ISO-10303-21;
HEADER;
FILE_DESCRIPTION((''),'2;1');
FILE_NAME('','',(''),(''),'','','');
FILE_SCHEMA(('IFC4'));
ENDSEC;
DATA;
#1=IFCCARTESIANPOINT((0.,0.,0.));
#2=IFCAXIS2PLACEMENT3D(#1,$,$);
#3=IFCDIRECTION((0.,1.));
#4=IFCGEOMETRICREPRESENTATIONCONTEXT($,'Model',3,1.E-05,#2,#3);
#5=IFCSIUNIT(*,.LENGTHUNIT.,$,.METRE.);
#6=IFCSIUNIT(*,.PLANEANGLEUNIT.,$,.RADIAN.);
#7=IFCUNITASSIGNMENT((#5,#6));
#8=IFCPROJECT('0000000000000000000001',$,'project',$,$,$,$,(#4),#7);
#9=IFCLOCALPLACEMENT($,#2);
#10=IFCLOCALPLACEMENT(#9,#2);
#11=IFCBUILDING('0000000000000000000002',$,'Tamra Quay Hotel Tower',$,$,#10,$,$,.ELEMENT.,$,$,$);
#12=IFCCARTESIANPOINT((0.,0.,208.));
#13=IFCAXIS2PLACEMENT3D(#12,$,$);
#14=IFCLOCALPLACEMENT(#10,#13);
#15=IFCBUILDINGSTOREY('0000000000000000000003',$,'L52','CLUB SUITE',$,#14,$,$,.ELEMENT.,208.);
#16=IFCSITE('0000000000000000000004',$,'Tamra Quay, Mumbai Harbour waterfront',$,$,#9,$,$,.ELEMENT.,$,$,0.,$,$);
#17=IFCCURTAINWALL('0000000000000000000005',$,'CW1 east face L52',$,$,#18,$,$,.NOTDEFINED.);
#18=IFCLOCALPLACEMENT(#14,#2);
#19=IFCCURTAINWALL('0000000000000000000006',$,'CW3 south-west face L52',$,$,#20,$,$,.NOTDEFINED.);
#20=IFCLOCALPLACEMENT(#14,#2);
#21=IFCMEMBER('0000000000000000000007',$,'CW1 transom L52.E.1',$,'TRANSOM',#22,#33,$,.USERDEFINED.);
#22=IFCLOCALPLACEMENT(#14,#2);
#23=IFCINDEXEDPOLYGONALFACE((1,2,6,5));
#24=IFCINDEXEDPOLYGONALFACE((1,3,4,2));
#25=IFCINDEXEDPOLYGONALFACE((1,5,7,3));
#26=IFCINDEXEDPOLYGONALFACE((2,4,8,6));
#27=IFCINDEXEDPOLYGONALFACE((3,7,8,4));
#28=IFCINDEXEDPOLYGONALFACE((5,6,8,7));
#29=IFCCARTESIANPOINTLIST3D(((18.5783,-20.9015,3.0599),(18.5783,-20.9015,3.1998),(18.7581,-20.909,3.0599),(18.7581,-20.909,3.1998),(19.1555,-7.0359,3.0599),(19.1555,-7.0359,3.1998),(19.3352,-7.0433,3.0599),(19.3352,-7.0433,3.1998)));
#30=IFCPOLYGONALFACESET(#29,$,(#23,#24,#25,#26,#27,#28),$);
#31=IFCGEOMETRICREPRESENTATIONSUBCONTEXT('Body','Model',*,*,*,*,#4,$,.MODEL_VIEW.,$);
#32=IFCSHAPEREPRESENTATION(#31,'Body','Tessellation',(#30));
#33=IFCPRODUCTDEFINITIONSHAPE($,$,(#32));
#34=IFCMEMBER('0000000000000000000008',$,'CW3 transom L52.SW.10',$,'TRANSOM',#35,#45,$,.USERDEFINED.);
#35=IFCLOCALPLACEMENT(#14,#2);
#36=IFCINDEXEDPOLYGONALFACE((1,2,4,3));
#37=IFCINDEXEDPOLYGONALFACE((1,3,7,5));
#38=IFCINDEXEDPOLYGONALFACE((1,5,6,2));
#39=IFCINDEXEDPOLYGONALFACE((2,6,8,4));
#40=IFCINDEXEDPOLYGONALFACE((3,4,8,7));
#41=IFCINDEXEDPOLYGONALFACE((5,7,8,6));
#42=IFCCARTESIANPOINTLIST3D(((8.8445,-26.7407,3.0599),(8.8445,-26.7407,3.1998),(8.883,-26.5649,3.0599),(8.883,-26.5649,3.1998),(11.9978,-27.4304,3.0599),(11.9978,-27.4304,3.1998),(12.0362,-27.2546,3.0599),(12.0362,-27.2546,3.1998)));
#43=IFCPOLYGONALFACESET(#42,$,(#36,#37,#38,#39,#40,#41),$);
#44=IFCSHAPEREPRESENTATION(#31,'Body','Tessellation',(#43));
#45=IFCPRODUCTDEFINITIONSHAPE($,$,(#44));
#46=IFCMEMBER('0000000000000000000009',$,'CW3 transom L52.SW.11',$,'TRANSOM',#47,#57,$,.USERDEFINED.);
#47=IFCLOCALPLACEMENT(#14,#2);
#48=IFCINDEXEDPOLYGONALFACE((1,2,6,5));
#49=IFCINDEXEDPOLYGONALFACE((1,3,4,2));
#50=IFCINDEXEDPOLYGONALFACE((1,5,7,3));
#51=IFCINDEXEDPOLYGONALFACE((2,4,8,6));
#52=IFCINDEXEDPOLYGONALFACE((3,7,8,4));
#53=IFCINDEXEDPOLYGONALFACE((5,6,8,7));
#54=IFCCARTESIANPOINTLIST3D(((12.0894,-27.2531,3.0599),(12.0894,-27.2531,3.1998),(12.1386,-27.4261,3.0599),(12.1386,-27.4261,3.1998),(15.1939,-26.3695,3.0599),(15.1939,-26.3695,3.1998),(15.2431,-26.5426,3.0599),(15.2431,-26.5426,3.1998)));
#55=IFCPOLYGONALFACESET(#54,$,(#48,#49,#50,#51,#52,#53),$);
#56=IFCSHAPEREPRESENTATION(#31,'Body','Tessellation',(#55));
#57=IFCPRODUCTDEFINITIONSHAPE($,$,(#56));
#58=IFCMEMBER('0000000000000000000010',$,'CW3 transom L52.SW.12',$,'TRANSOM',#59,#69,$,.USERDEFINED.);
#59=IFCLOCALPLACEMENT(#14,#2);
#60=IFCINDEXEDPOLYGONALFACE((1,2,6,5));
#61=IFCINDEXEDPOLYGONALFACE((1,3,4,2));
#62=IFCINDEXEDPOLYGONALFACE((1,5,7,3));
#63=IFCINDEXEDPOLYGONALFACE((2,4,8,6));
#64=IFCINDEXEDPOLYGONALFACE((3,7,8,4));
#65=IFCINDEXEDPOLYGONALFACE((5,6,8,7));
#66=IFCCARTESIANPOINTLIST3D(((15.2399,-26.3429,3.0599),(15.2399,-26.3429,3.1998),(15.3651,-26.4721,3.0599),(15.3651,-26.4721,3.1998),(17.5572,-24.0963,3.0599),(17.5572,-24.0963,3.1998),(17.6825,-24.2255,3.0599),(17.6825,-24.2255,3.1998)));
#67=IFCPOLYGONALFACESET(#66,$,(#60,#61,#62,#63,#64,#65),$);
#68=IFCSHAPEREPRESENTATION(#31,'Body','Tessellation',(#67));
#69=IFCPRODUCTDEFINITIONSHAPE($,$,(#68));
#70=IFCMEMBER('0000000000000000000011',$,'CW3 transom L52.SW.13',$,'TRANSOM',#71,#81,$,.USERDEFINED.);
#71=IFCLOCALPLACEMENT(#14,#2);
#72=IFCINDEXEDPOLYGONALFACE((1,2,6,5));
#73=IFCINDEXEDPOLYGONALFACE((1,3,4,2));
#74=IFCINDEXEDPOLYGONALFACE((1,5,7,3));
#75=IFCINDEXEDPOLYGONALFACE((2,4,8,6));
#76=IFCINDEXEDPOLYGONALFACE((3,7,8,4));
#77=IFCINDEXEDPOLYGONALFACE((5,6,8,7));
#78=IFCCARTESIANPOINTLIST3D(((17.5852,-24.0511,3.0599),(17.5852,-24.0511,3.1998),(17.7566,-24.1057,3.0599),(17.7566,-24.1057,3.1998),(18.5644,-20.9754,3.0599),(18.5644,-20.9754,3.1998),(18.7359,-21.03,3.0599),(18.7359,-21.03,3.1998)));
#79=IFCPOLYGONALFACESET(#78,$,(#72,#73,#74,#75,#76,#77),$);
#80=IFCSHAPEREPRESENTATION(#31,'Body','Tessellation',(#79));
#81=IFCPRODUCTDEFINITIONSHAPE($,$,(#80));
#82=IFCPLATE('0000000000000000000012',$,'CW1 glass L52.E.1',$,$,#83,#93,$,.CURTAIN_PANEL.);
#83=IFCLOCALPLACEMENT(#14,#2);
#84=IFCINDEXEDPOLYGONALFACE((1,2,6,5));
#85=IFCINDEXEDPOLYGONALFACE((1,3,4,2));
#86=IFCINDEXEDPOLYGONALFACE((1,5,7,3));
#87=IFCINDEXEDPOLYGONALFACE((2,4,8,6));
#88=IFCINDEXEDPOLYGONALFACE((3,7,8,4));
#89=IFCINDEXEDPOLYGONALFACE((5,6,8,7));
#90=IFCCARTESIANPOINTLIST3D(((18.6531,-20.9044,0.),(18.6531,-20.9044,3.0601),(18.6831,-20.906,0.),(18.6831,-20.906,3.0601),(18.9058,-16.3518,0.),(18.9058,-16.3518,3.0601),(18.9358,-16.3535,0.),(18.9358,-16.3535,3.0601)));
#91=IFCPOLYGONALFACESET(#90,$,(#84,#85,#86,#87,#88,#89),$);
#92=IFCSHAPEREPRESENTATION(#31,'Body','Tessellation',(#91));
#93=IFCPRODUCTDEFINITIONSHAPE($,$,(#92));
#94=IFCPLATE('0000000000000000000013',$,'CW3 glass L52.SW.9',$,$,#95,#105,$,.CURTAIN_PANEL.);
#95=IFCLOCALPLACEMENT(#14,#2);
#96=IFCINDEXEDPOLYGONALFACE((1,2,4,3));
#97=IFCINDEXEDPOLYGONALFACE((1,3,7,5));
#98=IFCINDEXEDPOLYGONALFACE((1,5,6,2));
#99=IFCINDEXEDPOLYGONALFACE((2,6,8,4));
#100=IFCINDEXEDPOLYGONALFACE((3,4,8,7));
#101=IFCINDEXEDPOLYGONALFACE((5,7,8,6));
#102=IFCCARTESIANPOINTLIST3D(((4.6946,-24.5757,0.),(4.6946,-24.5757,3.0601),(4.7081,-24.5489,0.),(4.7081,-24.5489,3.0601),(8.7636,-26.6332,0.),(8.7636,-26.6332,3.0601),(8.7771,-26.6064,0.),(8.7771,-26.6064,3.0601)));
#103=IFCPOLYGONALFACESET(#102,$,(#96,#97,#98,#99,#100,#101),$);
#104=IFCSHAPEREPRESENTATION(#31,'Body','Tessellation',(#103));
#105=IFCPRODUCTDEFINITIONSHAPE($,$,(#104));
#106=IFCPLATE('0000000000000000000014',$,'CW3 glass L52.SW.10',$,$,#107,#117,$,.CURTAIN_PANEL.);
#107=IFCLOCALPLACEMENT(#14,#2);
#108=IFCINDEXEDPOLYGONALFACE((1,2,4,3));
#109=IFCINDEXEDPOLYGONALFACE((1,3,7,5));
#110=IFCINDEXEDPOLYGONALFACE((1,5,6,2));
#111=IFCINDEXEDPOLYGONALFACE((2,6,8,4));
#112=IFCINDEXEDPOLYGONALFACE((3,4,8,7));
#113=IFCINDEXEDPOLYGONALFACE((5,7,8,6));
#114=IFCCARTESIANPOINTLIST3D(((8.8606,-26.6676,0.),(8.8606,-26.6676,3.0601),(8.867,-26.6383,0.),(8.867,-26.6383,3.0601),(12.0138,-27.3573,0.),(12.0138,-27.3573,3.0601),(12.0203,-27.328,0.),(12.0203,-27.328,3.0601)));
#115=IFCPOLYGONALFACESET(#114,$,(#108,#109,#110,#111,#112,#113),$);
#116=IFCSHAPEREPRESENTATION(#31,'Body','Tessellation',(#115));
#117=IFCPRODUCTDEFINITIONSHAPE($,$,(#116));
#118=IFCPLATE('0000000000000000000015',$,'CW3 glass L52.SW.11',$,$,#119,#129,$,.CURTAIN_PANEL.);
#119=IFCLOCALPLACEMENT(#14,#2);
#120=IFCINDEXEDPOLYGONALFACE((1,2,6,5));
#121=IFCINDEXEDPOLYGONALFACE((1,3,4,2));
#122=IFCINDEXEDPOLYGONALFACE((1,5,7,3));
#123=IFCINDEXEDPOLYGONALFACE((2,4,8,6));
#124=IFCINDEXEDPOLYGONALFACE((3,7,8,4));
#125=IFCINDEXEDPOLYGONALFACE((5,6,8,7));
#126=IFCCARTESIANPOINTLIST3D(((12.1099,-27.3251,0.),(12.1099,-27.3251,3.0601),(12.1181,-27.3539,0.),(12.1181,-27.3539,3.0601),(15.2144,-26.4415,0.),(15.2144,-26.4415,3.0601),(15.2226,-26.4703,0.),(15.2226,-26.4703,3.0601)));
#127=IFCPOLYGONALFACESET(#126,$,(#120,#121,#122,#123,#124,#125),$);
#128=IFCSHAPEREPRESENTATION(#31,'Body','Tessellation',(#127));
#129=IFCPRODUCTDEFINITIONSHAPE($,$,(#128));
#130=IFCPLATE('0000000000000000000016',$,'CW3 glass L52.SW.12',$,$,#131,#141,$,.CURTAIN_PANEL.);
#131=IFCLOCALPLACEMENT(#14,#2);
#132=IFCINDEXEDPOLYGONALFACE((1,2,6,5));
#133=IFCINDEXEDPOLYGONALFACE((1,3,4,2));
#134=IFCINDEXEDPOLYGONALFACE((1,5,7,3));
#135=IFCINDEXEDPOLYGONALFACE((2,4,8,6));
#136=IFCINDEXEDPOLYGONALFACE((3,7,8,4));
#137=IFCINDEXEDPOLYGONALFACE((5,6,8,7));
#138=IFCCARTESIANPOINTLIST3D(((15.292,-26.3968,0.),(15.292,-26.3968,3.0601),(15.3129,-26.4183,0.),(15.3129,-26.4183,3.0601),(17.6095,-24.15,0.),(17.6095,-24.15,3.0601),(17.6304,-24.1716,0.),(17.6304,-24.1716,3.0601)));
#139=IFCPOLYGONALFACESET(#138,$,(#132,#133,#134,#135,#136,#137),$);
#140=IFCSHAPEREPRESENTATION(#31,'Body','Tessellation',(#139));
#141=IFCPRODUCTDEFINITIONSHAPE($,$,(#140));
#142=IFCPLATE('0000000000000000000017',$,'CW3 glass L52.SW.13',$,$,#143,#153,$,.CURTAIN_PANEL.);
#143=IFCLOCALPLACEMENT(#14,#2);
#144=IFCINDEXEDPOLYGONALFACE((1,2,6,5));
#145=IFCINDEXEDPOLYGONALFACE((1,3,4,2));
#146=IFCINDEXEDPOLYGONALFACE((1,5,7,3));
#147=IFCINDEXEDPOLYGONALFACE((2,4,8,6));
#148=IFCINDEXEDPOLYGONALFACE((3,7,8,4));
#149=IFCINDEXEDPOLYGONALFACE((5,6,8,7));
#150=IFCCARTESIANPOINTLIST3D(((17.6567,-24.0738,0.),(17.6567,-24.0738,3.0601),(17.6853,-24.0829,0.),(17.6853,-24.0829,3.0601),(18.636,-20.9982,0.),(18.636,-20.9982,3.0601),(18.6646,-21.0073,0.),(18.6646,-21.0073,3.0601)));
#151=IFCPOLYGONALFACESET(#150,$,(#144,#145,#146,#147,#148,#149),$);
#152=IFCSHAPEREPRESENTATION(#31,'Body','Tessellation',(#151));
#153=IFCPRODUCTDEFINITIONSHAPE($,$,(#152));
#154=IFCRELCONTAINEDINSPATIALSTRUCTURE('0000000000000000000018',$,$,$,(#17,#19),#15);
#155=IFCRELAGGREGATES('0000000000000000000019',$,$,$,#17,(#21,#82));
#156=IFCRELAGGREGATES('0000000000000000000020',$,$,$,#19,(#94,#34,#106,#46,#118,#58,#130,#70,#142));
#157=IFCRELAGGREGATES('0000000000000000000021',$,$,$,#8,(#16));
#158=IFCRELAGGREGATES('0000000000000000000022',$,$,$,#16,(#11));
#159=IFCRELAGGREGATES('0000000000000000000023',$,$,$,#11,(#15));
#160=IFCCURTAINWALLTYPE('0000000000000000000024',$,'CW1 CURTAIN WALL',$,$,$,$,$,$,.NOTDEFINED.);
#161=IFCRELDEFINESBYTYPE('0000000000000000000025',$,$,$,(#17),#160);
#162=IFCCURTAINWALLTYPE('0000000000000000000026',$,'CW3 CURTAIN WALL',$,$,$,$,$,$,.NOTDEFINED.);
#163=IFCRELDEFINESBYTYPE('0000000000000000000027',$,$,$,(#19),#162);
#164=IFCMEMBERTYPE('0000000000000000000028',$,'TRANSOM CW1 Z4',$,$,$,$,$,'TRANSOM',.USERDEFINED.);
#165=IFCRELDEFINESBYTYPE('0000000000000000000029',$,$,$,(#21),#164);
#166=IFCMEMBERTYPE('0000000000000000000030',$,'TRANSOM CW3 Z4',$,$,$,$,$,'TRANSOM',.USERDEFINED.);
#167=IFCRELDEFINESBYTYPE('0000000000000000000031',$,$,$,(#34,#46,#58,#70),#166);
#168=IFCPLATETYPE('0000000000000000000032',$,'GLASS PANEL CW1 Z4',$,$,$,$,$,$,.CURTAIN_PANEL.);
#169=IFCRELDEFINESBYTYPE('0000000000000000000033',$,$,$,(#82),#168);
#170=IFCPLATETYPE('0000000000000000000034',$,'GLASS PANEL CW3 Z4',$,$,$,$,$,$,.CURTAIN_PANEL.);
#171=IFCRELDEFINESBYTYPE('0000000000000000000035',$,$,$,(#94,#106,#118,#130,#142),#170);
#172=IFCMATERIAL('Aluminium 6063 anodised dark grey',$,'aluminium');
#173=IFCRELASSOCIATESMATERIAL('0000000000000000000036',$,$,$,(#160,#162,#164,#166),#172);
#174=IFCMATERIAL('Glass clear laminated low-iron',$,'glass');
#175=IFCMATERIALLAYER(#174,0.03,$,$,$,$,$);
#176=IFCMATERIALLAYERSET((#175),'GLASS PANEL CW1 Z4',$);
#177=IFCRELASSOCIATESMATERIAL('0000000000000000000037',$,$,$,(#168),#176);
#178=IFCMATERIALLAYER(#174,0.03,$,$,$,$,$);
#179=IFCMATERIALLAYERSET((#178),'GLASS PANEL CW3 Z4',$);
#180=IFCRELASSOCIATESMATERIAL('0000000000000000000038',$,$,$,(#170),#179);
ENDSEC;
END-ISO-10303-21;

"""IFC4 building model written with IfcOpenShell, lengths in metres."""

from ifc_helpers import new_model, si_unit, direction, frame, origin, origin_2d, place, context, subcontext, project, spatial, rectangle, extrude, material, layer, layer_set, material_profile, profile_set, type_object, element, aggregate, save


model = new_model("IFC4")

# Units and contexts
model_context = context("Model", 3, precision=1e-05, world=origin(), true_north=direction((0.0, 1.0)))
body_context = subcontext(model_context, "Body", "Model", "MODEL_VIEW")
ifc_project = project(units=[si_unit("LENGTHUNIT", "METRE"), si_unit("PLANEANGLEUNIT", "RADIAN")], contexts=[model_context])

# Site, building, storey
site_placement = place(None, origin())
site = spatial("IfcSite", under=ifc_project, at=site_placement, Name="Tamra Quay, Mumbai Harbour waterfront", CompositionType="ELEMENT", RefElevation=0.0)
building_placement = place(site_placement, origin())
building = spatial("IfcBuilding", under=site, at=building_placement, Name="Tamra Quay Hotel Tower", CompositionType="ELEMENT")
storey_placement = place(building_placement, frame((0.0, 0.0, 208.0)))
storey = spatial("IfcBuildingStorey", under=building, at=storey_placement, Name="L52", Description="CLUB SUITE", CompositionType="ELEMENT", Elevation=208.0)

# Curtain wall
ifc_material_1 = material(Name="Aluminium 6063 anodised dark grey", Category="aluminium")
curtain_wall_type_1 = type_object("IfcCurtainWallType", Name="CW1 CURTAIN WALL", PredefinedType="NOTDEFINED", material=ifc_material_1)
curtain_wall_1_placement = place(storey_placement, origin())
curtain_wall_1 = element("IfcCurtainWall", 1, at=curtain_wall_1_placement, inside=storey, type_object=curtain_wall_type_1, Name="CW1 east face L52", PredefinedType="NOTDEFINED")

# Curtain wall
curtain_wall_type_2 = type_object("IfcCurtainWallType", Name="CW3 CURTAIN WALL", PredefinedType="NOTDEFINED", material=ifc_material_1)
curtain_wall_2_placement = place(storey_placement, origin())
curtain_wall_2 = element("IfcCurtainWall", 2, at=curtain_wall_2_placement, inside=storey, type_object=curtain_wall_type_2, Name="CW3 south-west face L52", PredefinedType="NOTDEFINED")

# Members
ifc_material_profile_1 = material_profile(ifc_material_1, rectangle(XDim=0.1799, YDim=0.1399, at=origin_2d()), Name="TRANSOM 180X140")
ifc_profile_set_1 = profile_set([ifc_material_profile_1], Name="Aluminium 6063 anodised dark grey")
member_type_1 = type_object("IfcMemberType", Name="TRANSOM CW1 Z4", ElementType="TRANSOM", PredefinedType="USERDEFINED", material=ifc_profile_set_1)
member_1_placement = place(storey_placement, frame((18.6682, -20.9053, 3.1299), z_axis=(0.041588, 0.999135, 0.0), x_axis=(-0.999135, 0.041588, 0.0)))
member_1 = element("IfcMember", 3, at=member_1_placement, type_object=member_type_1, Name="CW1 transom L52.E.1", ObjectType="TRANSOM", PredefinedType="USERDEFINED", context=body_context, shape_type="SweptSolid", body=[
    extrude(rectangle(XDim=0.1799, YDim=0.1399, at=origin_2d()), origin(), (0.0, 0.0, 1.0), 13.8777),
])
ifc_material_profile_2 = material_profile(ifc_material_1, rectangle(XDim=0.1799, YDim=0.1399, at=origin_2d()), Name="TRANSOM 180X140")
ifc_profile_set_2 = profile_set([ifc_material_profile_2], Name="Aluminium 6063 anodised dark grey")
member_type_2 = type_object("IfcMemberType", Name="TRANSOM CW3 Z4", ElementType="TRANSOM", PredefinedType="USERDEFINED", material=ifc_profile_set_2)
member_2_placement = place(storey_placement, frame((8.8638, -26.6528, 3.1299), z_axis=(0.976906, -0.21367, 0.0), x_axis=(0.21367, 0.976906, 0.0)))
member_2 = element("IfcMember", 4, at=member_2_placement, type_object=member_type_2, Name="CW3 transom L52.SW.10", ObjectType="TRANSOM", PredefinedType="USERDEFINED", context=body_context, shape_type="SweptSolid", body=[
    extrude(rectangle(XDim=0.1799, YDim=0.1399, at=origin_2d()), origin(), (0.0, 0.0, 1.0), 3.2278),
])
member_3_placement = place(storey_placement, frame((12.114, -27.3396, 3.1299), z_axis=(0.961806, 0.273732, 0.0), x_axis=(-0.273732, 0.961806, 0.0)))
member_3 = element("IfcMember", 5, at=member_3_placement, type_object=member_type_2, Name="CW3 transom L52.SW.11", ObjectType="TRANSOM", PredefinedType="USERDEFINED", context=body_context, shape_type="SweptSolid", body=[
    extrude(rectangle(XDim=0.1799, YDim=0.1399, at=origin_2d()), origin(), (0.0, 0.0, 1.0), 3.2278),
])
member_4_placement = place(storey_placement, frame((15.3025, -26.4075, 3.1299), z_axis=(0.71799, 0.696054, 0.0), x_axis=(-0.696054, 0.71799, 0.0)))
member_4 = element("IfcMember", 6, at=member_4_placement, type_object=member_type_2, Name="CW3 transom L52.SW.12", ObjectType="TRANSOM", PredefinedType="USERDEFINED", context=body_context, shape_type="SweptSolid", body=[
    extrude(rectangle(XDim=0.1799, YDim=0.1399, at=origin_2d()), origin(), (0.0, 0.0, 1.0), 3.2275),
])
member_5_placement = place(storey_placement, frame((17.6709, -24.0784, 3.1299), z_axis=(0.303378, 0.95287, 0.0), x_axis=(-0.95287, 0.303378, 0.0)))
member_5 = element("IfcMember", 7, at=member_5_placement, type_object=member_type_2, Name="CW3 transom L52.SW.13", ObjectType="TRANSOM", PredefinedType="USERDEFINED", context=body_context, shape_type="SweptSolid", body=[
    extrude(rectangle(XDim=0.1799, YDim=0.1399, at=origin_2d()), origin(), (0.0, 0.0, 1.0), 3.2278),
])

# Plates
ifc_material_2 = material(Name="Glass clear laminated low-iron", Category="glass")
ifc_layer_1 = layer(ifc_material_2, 0.03)
ifc_layer_set_1 = layer_set([ifc_layer_1], Name="GLASS PANEL CW1 Z4")
plate_type_1 = type_object("IfcPlateType", Name="GLASS PANEL CW1 Z4", PredefinedType="CURTAIN_PANEL", material=ifc_layer_set_1)
plate_1_placement = place(storey_placement, frame((18.7944, -18.6289, 0.0), z_axis=(0.0, 0.0, 1.0), x_axis=(0.055417, 0.998463, 0.0)))
plate_1 = element("IfcPlate", 8, at=plate_1_placement, type_object=plate_type_1, Name="CW1 glass L52.E.1", PredefinedType="CURTAIN_PANEL", context=body_context, shape_type="SweptSolid", body=[
    extrude(rectangle(XDim=4.5596, YDim=0.03, at=origin_2d()), origin(), (0.0, 0.0, 1.0), 3.0601),
])
aggregate(curtain_wall_1, [member_1, plate_1])
ifc_layer_2 = layer(ifc_material_2, 0.03)
ifc_layer_set_2 = layer_set([ifc_layer_2], Name="GLASS PANEL CW3 Z4")
plate_type_2 = type_object("IfcPlateType", Name="GLASS PANEL CW3 Z4", PredefinedType="CURTAIN_PANEL", material=ifc_layer_set_2)
plate_2_placement = place(storey_placement, frame((6.7358, -25.5911, 0.0), z_axis=(0.0, 0.0, 1.0), x_axis=(0.892403, -0.451239, 0.0)))
plate_2 = element("IfcPlate", 9, at=plate_2_placement, type_object=plate_type_2, Name="CW3 glass L52.SW.9", PredefinedType="CURTAIN_PANEL", context=body_context, shape_type="SweptSolid", body=[
    extrude(rectangle(XDim=4.5596, YDim=0.03, at=origin_2d()), origin(), (0.0, 0.0, 1.0), 3.0601),
])
plate_3_placement = place(storey_placement, frame((10.4404, -26.9978, 0.0), z_axis=(0.0, 0.0, 1.0), x_axis=(0.976906, -0.213669, 0.0)))
plate_3 = element("IfcPlate", 10, at=plate_3_placement, type_object=plate_type_2, Name="CW3 glass L52.SW.10", PredefinedType="CURTAIN_PANEL", context=body_context, shape_type="SweptSolid", body=[
    extrude(rectangle(XDim=3.2278, YDim=0.03, at=origin_2d()), origin(), (0.0, 0.0, 1.0), 3.0601),
])
plate_4_placement = place(storey_placement, frame((13.6663, -26.8977, 0.0), z_axis=(0.0, 0.0, 1.0), x_axis=(0.961801, 0.27375, 0.0)))
plate_4 = element("IfcPlate", 11, at=plate_4_placement, type_object=plate_type_2, Name="CW3 glass L52.SW.11", PredefinedType="CURTAIN_PANEL", context=body_context, shape_type="SweptSolid", body=[
    extrude(rectangle(XDim=3.2278, YDim=0.03, at=origin_2d()), origin(), (0.0, 0.0, 1.0), 3.0601),
])
plate_5_placement = place(storey_placement, frame((16.4612, -25.2842, 0.0), z_axis=(0.0, 0.0, 1.0), x_axis=(0.717975, 0.696069, 0.0)))
plate_5 = element("IfcPlate", 12, at=plate_5_placement, type_object=plate_type_2, Name="CW3 glass L52.SW.12", PredefinedType="CURTAIN_PANEL", context=body_context, shape_type="SweptSolid", body=[
    extrude(rectangle(XDim=3.2278, YDim=0.03, at=origin_2d()), origin(), (0.0, 0.0, 1.0), 3.0601),
])
plate_6_placement = place(storey_placement, frame((18.1606, -22.5405, 0.0), z_axis=(0.0, 0.0, 1.0), x_axis=(0.30341, 0.95286, 0.0)))
plate_6 = element("IfcPlate", 13, at=plate_6_placement, type_object=plate_type_2, Name="CW3 glass L52.SW.13", PredefinedType="CURTAIN_PANEL", context=body_context, shape_type="SweptSolid", body=[
    extrude(rectangle(XDim=3.2278, YDim=0.03, at=origin_2d()), origin(), (0.0, 0.0, 1.0), 3.0601),
])
aggregate(curtain_wall_2, [plate_2, member_2, plate_3, member_3, plate_4, member_4, plate_5, member_5, plate_6])

save(model, "model.ifc")
